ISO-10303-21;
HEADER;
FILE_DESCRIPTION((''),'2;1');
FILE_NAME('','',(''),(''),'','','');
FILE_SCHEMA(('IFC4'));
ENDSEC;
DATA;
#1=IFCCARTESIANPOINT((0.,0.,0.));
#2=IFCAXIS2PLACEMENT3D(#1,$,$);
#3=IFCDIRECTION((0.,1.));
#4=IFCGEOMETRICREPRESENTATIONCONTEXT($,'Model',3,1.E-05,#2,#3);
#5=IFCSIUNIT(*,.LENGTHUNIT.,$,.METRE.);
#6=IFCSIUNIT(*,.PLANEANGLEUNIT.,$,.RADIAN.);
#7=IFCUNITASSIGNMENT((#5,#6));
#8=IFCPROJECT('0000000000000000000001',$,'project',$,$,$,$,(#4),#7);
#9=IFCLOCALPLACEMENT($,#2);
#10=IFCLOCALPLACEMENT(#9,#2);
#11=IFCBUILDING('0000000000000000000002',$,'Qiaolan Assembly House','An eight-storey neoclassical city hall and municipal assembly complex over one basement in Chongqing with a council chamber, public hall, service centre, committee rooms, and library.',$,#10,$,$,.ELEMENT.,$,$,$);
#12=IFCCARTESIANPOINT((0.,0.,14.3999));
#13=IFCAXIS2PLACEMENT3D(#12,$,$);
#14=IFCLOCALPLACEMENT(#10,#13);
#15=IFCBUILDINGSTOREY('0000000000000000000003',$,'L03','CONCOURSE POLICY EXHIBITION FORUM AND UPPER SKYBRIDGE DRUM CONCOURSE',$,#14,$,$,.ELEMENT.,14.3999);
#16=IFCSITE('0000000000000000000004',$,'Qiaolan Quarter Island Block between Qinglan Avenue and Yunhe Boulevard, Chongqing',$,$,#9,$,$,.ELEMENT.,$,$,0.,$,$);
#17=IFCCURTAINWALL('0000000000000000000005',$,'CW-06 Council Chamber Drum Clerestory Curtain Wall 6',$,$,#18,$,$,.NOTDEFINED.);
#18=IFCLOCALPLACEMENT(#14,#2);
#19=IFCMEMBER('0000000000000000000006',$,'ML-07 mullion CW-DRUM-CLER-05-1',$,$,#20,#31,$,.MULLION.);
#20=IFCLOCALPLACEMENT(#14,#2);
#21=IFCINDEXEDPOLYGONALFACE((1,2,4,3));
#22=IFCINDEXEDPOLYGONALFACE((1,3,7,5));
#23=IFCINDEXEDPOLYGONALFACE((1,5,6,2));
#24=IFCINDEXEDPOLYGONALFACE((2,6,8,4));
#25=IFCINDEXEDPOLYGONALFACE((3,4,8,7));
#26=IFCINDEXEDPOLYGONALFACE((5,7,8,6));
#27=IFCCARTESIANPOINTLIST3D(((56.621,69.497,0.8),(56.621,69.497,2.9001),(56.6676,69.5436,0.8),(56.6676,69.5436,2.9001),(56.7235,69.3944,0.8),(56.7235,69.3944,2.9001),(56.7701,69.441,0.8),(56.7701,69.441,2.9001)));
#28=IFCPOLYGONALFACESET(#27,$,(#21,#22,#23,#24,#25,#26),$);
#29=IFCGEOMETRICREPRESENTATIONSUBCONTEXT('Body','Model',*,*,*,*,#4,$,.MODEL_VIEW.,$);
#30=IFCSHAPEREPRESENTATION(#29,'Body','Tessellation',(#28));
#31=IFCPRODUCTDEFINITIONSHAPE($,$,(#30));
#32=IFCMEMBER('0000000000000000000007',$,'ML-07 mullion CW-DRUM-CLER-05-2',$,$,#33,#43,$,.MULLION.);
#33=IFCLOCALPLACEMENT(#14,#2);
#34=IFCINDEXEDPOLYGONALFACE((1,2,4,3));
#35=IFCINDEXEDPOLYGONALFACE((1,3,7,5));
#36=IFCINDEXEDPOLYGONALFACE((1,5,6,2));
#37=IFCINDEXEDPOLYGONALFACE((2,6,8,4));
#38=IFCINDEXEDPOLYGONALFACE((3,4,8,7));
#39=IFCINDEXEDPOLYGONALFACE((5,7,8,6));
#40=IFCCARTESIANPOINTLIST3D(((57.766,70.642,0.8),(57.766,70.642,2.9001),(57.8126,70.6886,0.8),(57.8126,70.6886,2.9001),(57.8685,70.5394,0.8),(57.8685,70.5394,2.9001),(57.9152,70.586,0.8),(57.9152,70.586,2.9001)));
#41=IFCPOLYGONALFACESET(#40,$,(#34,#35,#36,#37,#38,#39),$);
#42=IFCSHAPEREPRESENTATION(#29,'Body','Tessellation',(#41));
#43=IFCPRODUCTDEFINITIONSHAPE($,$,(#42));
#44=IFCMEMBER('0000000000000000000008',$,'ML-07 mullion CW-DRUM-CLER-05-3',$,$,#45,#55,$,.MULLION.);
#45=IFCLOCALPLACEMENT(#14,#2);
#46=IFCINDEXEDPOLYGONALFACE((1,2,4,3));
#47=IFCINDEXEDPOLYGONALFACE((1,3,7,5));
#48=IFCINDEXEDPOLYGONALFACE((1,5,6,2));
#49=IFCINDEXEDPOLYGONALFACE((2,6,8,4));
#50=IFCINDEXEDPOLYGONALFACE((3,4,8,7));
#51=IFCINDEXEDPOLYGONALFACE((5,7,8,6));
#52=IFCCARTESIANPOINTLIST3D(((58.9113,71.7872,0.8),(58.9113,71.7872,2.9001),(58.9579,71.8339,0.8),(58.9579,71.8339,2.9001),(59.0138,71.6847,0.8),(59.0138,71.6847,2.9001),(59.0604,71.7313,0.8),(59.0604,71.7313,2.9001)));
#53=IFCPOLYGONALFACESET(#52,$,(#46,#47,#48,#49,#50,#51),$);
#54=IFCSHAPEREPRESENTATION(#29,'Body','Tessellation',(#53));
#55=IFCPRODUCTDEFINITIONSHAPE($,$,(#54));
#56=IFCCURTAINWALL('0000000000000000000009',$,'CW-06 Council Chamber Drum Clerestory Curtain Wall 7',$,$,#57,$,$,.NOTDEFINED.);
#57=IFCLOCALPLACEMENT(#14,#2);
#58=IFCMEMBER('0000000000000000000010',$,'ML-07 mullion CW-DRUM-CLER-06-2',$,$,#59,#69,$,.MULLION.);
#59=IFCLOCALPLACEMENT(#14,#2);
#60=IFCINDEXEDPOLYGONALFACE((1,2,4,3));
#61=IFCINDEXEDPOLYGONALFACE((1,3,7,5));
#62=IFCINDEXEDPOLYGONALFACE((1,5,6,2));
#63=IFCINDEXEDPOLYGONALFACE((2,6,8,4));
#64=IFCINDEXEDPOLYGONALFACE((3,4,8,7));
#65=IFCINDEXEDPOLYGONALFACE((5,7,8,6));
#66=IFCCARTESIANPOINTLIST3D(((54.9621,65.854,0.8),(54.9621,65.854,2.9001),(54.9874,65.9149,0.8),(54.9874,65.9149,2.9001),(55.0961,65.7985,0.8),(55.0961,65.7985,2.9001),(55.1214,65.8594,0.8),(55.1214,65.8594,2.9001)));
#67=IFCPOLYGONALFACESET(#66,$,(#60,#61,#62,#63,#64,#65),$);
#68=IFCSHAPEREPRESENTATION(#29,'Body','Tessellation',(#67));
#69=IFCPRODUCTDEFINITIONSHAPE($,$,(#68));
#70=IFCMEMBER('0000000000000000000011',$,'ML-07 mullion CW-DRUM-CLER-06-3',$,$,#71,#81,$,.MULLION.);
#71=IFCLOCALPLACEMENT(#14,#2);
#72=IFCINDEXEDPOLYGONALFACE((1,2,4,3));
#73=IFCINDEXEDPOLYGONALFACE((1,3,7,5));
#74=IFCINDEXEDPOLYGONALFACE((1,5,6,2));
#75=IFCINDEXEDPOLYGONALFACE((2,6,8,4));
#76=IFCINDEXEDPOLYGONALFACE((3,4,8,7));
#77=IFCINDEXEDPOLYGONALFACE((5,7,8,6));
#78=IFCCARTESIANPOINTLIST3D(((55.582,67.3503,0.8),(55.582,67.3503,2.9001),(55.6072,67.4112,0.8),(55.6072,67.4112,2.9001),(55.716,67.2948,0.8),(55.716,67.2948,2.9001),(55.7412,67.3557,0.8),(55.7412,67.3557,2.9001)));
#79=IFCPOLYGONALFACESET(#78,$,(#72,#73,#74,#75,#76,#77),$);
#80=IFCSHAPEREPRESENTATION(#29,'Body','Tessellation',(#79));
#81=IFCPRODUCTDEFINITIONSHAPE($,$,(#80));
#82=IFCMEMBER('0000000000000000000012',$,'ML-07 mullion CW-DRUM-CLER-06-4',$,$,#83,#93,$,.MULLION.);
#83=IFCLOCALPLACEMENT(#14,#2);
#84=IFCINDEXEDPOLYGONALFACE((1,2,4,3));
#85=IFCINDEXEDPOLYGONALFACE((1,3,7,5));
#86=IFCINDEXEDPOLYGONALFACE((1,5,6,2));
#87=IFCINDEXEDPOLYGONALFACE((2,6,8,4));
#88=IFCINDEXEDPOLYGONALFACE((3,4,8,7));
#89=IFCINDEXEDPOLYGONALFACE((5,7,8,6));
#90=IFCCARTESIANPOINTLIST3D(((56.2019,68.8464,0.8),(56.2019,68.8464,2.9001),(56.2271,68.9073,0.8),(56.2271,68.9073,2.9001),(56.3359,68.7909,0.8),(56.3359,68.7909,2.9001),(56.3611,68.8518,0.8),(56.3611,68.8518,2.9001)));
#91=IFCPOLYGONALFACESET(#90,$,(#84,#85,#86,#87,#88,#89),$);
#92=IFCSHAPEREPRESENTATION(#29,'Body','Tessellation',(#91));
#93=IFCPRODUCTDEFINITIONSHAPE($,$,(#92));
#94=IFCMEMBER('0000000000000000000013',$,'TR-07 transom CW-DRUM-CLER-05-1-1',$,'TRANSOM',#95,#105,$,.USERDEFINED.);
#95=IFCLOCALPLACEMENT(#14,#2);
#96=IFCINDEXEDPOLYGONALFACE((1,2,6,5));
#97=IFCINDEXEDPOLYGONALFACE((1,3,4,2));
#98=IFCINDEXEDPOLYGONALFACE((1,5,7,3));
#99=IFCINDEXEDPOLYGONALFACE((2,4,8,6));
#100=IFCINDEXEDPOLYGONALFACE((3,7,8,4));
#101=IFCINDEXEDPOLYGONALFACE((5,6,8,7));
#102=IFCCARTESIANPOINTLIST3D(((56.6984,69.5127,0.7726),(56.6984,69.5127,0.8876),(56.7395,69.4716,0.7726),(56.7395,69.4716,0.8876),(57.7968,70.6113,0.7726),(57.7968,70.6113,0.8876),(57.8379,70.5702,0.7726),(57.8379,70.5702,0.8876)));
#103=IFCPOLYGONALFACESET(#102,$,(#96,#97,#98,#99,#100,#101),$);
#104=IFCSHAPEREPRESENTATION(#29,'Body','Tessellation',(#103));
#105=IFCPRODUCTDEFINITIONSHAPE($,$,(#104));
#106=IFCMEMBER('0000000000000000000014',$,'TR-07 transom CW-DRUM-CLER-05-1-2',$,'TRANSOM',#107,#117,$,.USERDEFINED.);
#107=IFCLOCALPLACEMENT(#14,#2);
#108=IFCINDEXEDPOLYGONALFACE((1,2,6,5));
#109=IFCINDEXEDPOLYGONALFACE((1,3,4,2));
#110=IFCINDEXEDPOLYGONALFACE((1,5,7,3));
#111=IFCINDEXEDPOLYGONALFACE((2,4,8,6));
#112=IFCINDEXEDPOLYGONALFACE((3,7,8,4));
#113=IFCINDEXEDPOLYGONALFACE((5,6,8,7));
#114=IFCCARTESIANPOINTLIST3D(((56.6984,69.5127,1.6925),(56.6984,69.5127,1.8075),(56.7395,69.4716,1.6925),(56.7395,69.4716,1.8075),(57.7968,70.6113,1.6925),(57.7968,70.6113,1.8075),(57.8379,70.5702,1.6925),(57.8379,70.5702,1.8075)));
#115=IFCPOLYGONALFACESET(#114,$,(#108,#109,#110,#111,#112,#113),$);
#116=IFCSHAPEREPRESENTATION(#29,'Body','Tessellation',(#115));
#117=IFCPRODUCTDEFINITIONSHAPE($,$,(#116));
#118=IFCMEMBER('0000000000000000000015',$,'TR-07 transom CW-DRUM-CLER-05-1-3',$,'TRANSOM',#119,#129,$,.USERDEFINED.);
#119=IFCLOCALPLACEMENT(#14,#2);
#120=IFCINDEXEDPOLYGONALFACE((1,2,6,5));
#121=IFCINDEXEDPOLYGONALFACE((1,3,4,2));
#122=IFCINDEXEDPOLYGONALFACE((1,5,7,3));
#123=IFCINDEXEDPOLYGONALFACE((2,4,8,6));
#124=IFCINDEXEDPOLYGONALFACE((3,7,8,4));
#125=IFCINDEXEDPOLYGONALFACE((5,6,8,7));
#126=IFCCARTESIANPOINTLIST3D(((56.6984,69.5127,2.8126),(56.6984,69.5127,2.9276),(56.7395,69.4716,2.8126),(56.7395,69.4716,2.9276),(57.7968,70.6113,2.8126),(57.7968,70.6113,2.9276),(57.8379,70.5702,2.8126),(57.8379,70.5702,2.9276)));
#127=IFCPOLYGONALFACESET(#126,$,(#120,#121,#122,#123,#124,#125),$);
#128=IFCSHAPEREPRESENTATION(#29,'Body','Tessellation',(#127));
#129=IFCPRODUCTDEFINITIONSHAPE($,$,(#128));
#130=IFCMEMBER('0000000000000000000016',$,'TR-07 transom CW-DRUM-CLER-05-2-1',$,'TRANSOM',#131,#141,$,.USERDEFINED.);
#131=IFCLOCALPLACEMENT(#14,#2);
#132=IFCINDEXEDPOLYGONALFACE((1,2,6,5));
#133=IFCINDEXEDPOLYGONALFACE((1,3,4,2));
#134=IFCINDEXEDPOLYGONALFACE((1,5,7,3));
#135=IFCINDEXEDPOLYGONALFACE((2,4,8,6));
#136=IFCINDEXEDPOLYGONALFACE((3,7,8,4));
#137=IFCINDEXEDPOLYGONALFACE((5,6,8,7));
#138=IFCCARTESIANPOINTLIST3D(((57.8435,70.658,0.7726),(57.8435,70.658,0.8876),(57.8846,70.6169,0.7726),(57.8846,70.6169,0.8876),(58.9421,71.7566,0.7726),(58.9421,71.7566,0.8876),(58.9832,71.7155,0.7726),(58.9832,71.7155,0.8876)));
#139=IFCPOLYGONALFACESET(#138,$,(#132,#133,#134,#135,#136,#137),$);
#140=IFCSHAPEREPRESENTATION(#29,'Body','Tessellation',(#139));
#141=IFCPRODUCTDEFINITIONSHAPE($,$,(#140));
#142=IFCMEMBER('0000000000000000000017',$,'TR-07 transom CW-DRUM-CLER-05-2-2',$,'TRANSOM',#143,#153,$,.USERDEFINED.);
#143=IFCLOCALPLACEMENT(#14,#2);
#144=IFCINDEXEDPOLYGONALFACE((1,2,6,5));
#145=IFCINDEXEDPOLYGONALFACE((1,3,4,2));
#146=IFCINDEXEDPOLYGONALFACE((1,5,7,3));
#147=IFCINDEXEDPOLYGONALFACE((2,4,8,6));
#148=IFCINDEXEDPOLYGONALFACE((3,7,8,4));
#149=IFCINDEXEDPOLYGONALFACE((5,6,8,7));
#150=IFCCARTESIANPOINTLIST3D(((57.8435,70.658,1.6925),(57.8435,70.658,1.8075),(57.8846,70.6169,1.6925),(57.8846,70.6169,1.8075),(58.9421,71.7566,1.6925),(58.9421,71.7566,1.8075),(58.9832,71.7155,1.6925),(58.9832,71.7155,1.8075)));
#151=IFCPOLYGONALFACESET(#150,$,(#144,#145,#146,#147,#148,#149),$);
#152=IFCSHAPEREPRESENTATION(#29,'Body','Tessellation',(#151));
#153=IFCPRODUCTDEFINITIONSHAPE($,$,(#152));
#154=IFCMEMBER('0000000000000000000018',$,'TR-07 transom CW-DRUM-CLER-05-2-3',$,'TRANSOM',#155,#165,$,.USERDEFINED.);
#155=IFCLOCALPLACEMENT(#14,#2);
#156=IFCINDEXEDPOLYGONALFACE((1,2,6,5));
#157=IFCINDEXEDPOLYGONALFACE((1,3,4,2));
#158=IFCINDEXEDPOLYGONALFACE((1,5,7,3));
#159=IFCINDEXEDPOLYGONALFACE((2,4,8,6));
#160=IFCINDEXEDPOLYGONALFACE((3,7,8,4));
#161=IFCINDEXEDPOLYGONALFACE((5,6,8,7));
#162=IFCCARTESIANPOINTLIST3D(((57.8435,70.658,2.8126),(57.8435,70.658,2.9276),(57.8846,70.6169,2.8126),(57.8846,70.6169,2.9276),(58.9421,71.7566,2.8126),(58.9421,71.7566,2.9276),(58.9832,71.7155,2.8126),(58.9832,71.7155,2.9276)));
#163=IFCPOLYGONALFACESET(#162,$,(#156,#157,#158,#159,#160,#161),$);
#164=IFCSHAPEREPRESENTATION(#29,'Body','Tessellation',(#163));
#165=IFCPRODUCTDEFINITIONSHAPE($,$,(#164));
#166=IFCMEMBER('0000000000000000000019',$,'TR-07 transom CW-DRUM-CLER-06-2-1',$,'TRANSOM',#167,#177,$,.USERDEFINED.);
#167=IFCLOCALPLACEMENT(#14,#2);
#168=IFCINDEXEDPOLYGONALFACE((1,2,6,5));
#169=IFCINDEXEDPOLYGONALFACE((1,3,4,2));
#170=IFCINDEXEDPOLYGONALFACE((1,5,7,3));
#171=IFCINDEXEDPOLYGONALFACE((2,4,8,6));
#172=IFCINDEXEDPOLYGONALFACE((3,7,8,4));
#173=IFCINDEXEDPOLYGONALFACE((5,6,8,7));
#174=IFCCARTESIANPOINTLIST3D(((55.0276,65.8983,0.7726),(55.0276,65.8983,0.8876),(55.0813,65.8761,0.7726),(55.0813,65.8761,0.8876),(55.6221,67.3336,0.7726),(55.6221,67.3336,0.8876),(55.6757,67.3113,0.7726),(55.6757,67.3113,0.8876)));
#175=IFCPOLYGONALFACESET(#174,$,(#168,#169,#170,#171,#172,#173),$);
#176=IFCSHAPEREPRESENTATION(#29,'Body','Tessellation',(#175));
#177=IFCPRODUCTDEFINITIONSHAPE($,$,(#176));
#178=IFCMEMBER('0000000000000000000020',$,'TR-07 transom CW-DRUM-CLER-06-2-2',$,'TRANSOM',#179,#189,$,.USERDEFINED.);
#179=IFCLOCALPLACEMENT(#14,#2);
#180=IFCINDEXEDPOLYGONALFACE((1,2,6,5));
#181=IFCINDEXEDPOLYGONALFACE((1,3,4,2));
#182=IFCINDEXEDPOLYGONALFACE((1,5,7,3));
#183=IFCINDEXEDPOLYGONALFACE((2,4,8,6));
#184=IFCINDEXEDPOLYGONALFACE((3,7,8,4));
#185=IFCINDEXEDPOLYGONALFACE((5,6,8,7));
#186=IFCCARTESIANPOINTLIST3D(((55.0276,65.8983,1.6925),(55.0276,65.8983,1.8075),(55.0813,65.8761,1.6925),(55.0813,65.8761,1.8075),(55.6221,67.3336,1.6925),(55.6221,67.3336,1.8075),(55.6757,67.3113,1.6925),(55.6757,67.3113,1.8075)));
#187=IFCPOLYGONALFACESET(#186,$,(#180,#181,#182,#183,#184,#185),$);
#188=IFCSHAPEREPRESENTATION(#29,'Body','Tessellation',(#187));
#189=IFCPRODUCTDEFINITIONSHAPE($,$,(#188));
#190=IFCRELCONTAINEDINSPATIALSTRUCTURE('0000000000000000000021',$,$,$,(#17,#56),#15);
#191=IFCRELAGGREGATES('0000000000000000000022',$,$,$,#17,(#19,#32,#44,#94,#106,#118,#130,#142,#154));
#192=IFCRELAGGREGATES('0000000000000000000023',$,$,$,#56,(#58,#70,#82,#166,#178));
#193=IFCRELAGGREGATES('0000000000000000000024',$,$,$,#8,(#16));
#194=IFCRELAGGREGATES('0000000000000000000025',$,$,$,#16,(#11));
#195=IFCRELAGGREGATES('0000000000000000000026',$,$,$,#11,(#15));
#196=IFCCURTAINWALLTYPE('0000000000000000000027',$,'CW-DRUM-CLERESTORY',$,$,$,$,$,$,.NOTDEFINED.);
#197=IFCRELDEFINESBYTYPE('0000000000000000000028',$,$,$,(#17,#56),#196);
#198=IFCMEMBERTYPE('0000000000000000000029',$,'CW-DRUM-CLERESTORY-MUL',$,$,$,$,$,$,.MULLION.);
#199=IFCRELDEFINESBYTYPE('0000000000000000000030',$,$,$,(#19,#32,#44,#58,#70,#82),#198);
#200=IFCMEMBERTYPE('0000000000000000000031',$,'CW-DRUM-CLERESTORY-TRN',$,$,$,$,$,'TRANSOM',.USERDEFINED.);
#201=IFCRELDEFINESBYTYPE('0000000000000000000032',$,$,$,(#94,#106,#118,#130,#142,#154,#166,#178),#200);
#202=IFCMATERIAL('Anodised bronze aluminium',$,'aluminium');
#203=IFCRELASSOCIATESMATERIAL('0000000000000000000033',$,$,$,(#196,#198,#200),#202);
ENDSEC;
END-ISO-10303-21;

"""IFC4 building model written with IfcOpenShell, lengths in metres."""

from ifc_helpers import new_model, si_unit, direction, frame, origin, origin_2d, place, context, subcontext, project, spatial, rectangle, extrude, material, material_profile, profile_set, type_object, element, aggregate, save


model = new_model("IFC4")

# Units and contexts
model_context = context("Model", 3, precision=1e-05, world=origin(), true_north=direction((0.0, 1.0)))
body_context = subcontext(model_context, "Body", "Model", "MODEL_VIEW")
ifc_project = project(units=[si_unit("LENGTHUNIT", "METRE"), si_unit("PLANEANGLEUNIT", "RADIAN")], contexts=[model_context])

# Site, building, storey
site_placement = place(None, origin())
site = spatial("IfcSite", under=ifc_project, at=site_placement, Name="Qiaolan Quarter Island Block between Qinglan Avenue and Yunhe Boulevard, Chongqing", CompositionType="ELEMENT", RefElevation=0.0)
building_placement = place(site_placement, origin())
building = spatial("IfcBuilding", under=site, at=building_placement, Name="Qiaolan Assembly House", Description="An eight-storey neoclassical city hall and municipal assembly complex over one basement in Chongqing with a council chamber, public hall, service centre, committee rooms, and library.", CompositionType="ELEMENT")
storey_placement = place(building_placement, frame((0.0, 0.0, 14.3999)))
storey = spatial("IfcBuildingStorey", under=building, at=storey_placement, Name="L03", Description="CONCOURSE POLICY EXHIBITION FORUM AND UPPER SKYBRIDGE DRUM CONCOURSE", CompositionType="ELEMENT", Elevation=14.3999)

# Curtain walls, members
ifc_material_1 = material(Name="Anodised bronze aluminium", Category="aluminium")
curtain_wall_type = type_object("IfcCurtainWallType", Name="CW-DRUM-CLERESTORY", PredefinedType="NOTDEFINED", material=ifc_material_1)
curtain_wall_1_placement = place(storey_placement, origin())
curtain_wall_1 = element("IfcCurtainWall", 1, at=curtain_wall_1_placement, inside=storey, type_object=curtain_wall_type, Name="CW-06 Council Chamber Drum Clerestory Curtain Wall 6", PredefinedType="NOTDEFINED")
ifc_material_profile_1 = material_profile(ifc_material_1, rectangle(XDim=0.0659, YDim=0.145, at=origin_2d()), Name="MUL 66x145")
ifc_profile_set_1 = profile_set([ifc_material_profile_1], Name="Anodised bronze aluminium")
member_type_1 = type_object("IfcMemberType", Name="CW-DRUM-CLERESTORY-MUL", PredefinedType="MULLION", material=ifc_profile_set_1)
member_1_placement = place(storey_placement, frame((56.6956, 69.469, 0.8), z_axis=(0.0, 0.0, 1.0), x_axis=(0.707107, 0.707107, 0.0)))
member_1 = element("IfcMember", 2, at=member_1_placement, type_object=member_type_1, Name="ML-07 mullion CW-DRUM-CLER-05-1", PredefinedType="MULLION", context=body_context, shape_type="SweptSolid", body=[
    extrude(rectangle(XDim=0.0659, YDim=0.145, at=origin_2d()), origin(), (0.0, 0.0, 1.0), 2.1001),
])
member_2_placement = place(storey_placement, frame((57.8406, 70.614, 0.8), z_axis=(0.0, 0.0, 1.0), x_axis=(0.707107, 0.707107, 0.0)))
member_2 = element("IfcMember", 3, at=member_2_placement, type_object=member_type_1, Name="ML-07 mullion CW-DRUM-CLER-05-2", PredefinedType="MULLION", context=body_context, shape_type="SweptSolid", body=[
    extrude(rectangle(XDim=0.0659, YDim=0.145, at=origin_2d()), origin(), (0.0, 0.0, 1.0), 2.1001),
])
member_3_placement = place(storey_placement, frame((58.9858, 71.7593, 0.8), z_axis=(0.0, 0.0, 1.0), x_axis=(0.707107, 0.707107, 0.0)))
member_3 = element("IfcMember", 4, at=member_3_placement, type_object=member_type_1, Name="ML-07 mullion CW-DRUM-CLER-05-3", PredefinedType="MULLION", context=body_context, shape_type="SweptSolid", body=[
    extrude(rectangle(XDim=0.0659, YDim=0.145, at=origin_2d()), origin(), (0.0, 0.0, 1.0), 2.1001),
])
curtain_wall_2_placement = place(storey_placement, origin())
curtain_wall_2 = element("IfcCurtainWall", 5, at=curtain_wall_2_placement, inside=storey, type_object=curtain_wall_type, Name="CW-06 Council Chamber Drum Clerestory Curtain Wall 7", PredefinedType="NOTDEFINED")
member_4_placement = place(storey_placement, frame((55.0417, 65.8567, 0.8), z_axis=(0.0, 0.0, 1.0), x_axis=(0.382683, 0.92388, 0.0)))
member_4 = element("IfcMember", 6, at=member_4_placement, type_object=member_type_1, Name="ML-07 mullion CW-DRUM-CLER-06-2", PredefinedType="MULLION", context=body_context, shape_type="SweptSolid", body=[
    extrude(rectangle(XDim=0.0659, YDim=0.145, at=origin_2d()), origin(), (0.0, 0.0, 1.0), 2.1001),
])
member_5_placement = place(storey_placement, frame((55.6616, 67.353, 0.8), z_axis=(0.0, 0.0, 1.0), x_axis=(0.382683, 0.92388, 0.0)))
member_5 = element("IfcMember", 7, at=member_5_placement, type_object=member_type_1, Name="ML-07 mullion CW-DRUM-CLER-06-3", PredefinedType="MULLION", context=body_context, shape_type="SweptSolid", body=[
    extrude(rectangle(XDim=0.0659, YDim=0.145, at=origin_2d()), origin(), (0.0, 0.0, 1.0), 2.1001),
])
member_6_placement = place(storey_placement, frame((56.2815, 68.8491, 0.8), z_axis=(0.0, 0.0, 1.0), x_axis=(0.382683, 0.92388, 0.0)))
member_6 = element("IfcMember", 8, at=member_6_placement, type_object=member_type_1, Name="ML-07 mullion CW-DRUM-CLER-06-4", PredefinedType="MULLION", context=body_context, shape_type="SweptSolid", body=[
    extrude(rectangle(XDim=0.0659, YDim=0.145, at=origin_2d()), origin(), (0.0, 0.0, 1.0), 2.1001),
])

# Members
ifc_material_profile_2 = material_profile(ifc_material_1, rectangle(XDim=0.0581, YDim=0.115, at=origin_2d()), Name="TRN 58x115")
ifc_profile_set_2 = profile_set([ifc_material_profile_2], Name="Anodised bronze aluminium")
member_type_2 = type_object("IfcMemberType", Name="CW-DRUM-CLERESTORY-TRN", ElementType="TRANSOM", PredefinedType="USERDEFINED", material=ifc_profile_set_2)
member_7_placement = place(storey_placement, frame((56.719, 69.4922, 0.8301), z_axis=(0.707028, 0.707185, 0.0), x_axis=(-0.707185, 0.707028, 0.0)))
member_7 = element("IfcMember", 9, at=member_7_placement, type_object=member_type_2, Name="TR-07 transom CW-DRUM-CLER-05-1-1", ObjectType="TRANSOM", PredefinedType="USERDEFINED", context=body_context, shape_type="SweptSolid", body=[
    extrude(rectangle(XDim=0.0581, YDim=0.115, at=origin_2d()), origin(), (0.0, 0.0, 1.0), 1.5535),
])
member_8_placement = place(storey_placement, frame((56.719, 69.4922, 1.75), z_axis=(0.707028, 0.707185, 0.0), x_axis=(-0.707185, 0.707028, 0.0)))
member_8 = element("IfcMember", 10, at=member_8_placement, type_object=member_type_2, Name="TR-07 transom CW-DRUM-CLER-05-1-2", ObjectType="TRANSOM", PredefinedType="USERDEFINED", context=body_context, shape_type="SweptSolid", body=[
    extrude(rectangle(XDim=0.0581, YDim=0.115, at=origin_2d()), origin(), (0.0, 0.0, 1.0), 1.5535),
])
member_9_placement = place(storey_placement, frame((56.719, 69.4922, 2.8701), z_axis=(0.707028, 0.707185, 0.0), x_axis=(-0.707185, 0.707028, 0.0)))
member_9 = element("IfcMember", 11, at=member_9_placement, type_object=member_type_2, Name="TR-07 transom CW-DRUM-CLER-05-1-3", ObjectType="TRANSOM", PredefinedType="USERDEFINED", context=body_context, shape_type="SweptSolid", body=[
    extrude(rectangle(XDim=0.0581, YDim=0.115, at=origin_2d()), origin(), (0.0, 0.0, 1.0), 1.5535),
])
member_10_placement = place(storey_placement, frame((57.864, 70.6375, 0.8301), z_axis=(0.707107, 0.707107, 0.0), x_axis=(-0.707107, 0.707107, 0.0)))
member_10 = element("IfcMember", 12, at=member_10_placement, type_object=member_type_2, Name="TR-07 transom CW-DRUM-CLER-05-2-1", ObjectType="TRANSOM", PredefinedType="USERDEFINED", context=body_context, shape_type="SweptSolid", body=[
    extrude(rectangle(XDim=0.0581, YDim=0.115, at=origin_2d()), origin(), (0.0, 0.0, 1.0), 1.5537),
])
member_11_placement = place(storey_placement, frame((57.864, 70.6375, 1.75), z_axis=(0.707107, 0.707107, 0.0), x_axis=(-0.707107, 0.707107, 0.0)))
member_11 = element("IfcMember", 13, at=member_11_placement, type_object=member_type_2, Name="TR-07 transom CW-DRUM-CLER-05-2-2", ObjectType="TRANSOM", PredefinedType="USERDEFINED", context=body_context, shape_type="SweptSolid", body=[
    extrude(rectangle(XDim=0.0581, YDim=0.115, at=origin_2d()), origin(), (0.0, 0.0, 1.0), 1.5537),
])
member_12_placement = place(storey_placement, frame((57.864, 70.6375, 2.8701), z_axis=(0.707107, 0.707107, 0.0), x_axis=(-0.707107, 0.707107, 0.0)))
member_12 = element("IfcMember", 14, at=member_12_placement, type_object=member_type_2, Name="TR-07 transom CW-DRUM-CLER-05-2-3", ObjectType="TRANSOM", PredefinedType="USERDEFINED", context=body_context, shape_type="SweptSolid", body=[
    extrude(rectangle(XDim=0.0581, YDim=0.115, at=origin_2d()), origin(), (0.0, 0.0, 1.0), 1.5537),
])
member_13_placement = place(storey_placement, frame((55.0544, 65.8872, 0.8301), z_axis=(0.382662, 0.923889, 0.0), x_axis=(-0.923889, 0.382662, 0.0)))
member_13 = element("IfcMember", 15, at=member_13_placement, type_object=member_type_2, Name="TR-07 transom CW-DRUM-CLER-06-2-1", ObjectType="TRANSOM", PredefinedType="USERDEFINED", context=body_context, shape_type="SweptSolid", body=[
    extrude(rectangle(XDim=0.0581, YDim=0.115, at=origin_2d()), origin(), (0.0, 0.0, 1.0), 1.5535),
])
member_14_placement = place(storey_placement, frame((55.0544, 65.8872, 1.75), z_axis=(0.382662, 0.923889, 0.0), x_axis=(-0.923889, 0.382662, 0.0)))
member_14 = element("IfcMember", 16, at=member_14_placement, type_object=member_type_2, Name="TR-07 transom CW-DRUM-CLER-06-2-2", ObjectType="TRANSOM", PredefinedType="USERDEFINED", context=body_context, shape_type="SweptSolid", body=[
    extrude(rectangle(XDim=0.0581, YDim=0.115, at=origin_2d()), origin(), (0.0, 0.0, 1.0), 1.5535),
])

aggregate(curtain_wall_1, [member_1, member_2, member_3, member_7, member_8, member_9, member_10, member_11, member_12])
aggregate(curtain_wall_2, [member_4, member_5, member_6, member_13, member_14])

save(model, "model.ifc")
